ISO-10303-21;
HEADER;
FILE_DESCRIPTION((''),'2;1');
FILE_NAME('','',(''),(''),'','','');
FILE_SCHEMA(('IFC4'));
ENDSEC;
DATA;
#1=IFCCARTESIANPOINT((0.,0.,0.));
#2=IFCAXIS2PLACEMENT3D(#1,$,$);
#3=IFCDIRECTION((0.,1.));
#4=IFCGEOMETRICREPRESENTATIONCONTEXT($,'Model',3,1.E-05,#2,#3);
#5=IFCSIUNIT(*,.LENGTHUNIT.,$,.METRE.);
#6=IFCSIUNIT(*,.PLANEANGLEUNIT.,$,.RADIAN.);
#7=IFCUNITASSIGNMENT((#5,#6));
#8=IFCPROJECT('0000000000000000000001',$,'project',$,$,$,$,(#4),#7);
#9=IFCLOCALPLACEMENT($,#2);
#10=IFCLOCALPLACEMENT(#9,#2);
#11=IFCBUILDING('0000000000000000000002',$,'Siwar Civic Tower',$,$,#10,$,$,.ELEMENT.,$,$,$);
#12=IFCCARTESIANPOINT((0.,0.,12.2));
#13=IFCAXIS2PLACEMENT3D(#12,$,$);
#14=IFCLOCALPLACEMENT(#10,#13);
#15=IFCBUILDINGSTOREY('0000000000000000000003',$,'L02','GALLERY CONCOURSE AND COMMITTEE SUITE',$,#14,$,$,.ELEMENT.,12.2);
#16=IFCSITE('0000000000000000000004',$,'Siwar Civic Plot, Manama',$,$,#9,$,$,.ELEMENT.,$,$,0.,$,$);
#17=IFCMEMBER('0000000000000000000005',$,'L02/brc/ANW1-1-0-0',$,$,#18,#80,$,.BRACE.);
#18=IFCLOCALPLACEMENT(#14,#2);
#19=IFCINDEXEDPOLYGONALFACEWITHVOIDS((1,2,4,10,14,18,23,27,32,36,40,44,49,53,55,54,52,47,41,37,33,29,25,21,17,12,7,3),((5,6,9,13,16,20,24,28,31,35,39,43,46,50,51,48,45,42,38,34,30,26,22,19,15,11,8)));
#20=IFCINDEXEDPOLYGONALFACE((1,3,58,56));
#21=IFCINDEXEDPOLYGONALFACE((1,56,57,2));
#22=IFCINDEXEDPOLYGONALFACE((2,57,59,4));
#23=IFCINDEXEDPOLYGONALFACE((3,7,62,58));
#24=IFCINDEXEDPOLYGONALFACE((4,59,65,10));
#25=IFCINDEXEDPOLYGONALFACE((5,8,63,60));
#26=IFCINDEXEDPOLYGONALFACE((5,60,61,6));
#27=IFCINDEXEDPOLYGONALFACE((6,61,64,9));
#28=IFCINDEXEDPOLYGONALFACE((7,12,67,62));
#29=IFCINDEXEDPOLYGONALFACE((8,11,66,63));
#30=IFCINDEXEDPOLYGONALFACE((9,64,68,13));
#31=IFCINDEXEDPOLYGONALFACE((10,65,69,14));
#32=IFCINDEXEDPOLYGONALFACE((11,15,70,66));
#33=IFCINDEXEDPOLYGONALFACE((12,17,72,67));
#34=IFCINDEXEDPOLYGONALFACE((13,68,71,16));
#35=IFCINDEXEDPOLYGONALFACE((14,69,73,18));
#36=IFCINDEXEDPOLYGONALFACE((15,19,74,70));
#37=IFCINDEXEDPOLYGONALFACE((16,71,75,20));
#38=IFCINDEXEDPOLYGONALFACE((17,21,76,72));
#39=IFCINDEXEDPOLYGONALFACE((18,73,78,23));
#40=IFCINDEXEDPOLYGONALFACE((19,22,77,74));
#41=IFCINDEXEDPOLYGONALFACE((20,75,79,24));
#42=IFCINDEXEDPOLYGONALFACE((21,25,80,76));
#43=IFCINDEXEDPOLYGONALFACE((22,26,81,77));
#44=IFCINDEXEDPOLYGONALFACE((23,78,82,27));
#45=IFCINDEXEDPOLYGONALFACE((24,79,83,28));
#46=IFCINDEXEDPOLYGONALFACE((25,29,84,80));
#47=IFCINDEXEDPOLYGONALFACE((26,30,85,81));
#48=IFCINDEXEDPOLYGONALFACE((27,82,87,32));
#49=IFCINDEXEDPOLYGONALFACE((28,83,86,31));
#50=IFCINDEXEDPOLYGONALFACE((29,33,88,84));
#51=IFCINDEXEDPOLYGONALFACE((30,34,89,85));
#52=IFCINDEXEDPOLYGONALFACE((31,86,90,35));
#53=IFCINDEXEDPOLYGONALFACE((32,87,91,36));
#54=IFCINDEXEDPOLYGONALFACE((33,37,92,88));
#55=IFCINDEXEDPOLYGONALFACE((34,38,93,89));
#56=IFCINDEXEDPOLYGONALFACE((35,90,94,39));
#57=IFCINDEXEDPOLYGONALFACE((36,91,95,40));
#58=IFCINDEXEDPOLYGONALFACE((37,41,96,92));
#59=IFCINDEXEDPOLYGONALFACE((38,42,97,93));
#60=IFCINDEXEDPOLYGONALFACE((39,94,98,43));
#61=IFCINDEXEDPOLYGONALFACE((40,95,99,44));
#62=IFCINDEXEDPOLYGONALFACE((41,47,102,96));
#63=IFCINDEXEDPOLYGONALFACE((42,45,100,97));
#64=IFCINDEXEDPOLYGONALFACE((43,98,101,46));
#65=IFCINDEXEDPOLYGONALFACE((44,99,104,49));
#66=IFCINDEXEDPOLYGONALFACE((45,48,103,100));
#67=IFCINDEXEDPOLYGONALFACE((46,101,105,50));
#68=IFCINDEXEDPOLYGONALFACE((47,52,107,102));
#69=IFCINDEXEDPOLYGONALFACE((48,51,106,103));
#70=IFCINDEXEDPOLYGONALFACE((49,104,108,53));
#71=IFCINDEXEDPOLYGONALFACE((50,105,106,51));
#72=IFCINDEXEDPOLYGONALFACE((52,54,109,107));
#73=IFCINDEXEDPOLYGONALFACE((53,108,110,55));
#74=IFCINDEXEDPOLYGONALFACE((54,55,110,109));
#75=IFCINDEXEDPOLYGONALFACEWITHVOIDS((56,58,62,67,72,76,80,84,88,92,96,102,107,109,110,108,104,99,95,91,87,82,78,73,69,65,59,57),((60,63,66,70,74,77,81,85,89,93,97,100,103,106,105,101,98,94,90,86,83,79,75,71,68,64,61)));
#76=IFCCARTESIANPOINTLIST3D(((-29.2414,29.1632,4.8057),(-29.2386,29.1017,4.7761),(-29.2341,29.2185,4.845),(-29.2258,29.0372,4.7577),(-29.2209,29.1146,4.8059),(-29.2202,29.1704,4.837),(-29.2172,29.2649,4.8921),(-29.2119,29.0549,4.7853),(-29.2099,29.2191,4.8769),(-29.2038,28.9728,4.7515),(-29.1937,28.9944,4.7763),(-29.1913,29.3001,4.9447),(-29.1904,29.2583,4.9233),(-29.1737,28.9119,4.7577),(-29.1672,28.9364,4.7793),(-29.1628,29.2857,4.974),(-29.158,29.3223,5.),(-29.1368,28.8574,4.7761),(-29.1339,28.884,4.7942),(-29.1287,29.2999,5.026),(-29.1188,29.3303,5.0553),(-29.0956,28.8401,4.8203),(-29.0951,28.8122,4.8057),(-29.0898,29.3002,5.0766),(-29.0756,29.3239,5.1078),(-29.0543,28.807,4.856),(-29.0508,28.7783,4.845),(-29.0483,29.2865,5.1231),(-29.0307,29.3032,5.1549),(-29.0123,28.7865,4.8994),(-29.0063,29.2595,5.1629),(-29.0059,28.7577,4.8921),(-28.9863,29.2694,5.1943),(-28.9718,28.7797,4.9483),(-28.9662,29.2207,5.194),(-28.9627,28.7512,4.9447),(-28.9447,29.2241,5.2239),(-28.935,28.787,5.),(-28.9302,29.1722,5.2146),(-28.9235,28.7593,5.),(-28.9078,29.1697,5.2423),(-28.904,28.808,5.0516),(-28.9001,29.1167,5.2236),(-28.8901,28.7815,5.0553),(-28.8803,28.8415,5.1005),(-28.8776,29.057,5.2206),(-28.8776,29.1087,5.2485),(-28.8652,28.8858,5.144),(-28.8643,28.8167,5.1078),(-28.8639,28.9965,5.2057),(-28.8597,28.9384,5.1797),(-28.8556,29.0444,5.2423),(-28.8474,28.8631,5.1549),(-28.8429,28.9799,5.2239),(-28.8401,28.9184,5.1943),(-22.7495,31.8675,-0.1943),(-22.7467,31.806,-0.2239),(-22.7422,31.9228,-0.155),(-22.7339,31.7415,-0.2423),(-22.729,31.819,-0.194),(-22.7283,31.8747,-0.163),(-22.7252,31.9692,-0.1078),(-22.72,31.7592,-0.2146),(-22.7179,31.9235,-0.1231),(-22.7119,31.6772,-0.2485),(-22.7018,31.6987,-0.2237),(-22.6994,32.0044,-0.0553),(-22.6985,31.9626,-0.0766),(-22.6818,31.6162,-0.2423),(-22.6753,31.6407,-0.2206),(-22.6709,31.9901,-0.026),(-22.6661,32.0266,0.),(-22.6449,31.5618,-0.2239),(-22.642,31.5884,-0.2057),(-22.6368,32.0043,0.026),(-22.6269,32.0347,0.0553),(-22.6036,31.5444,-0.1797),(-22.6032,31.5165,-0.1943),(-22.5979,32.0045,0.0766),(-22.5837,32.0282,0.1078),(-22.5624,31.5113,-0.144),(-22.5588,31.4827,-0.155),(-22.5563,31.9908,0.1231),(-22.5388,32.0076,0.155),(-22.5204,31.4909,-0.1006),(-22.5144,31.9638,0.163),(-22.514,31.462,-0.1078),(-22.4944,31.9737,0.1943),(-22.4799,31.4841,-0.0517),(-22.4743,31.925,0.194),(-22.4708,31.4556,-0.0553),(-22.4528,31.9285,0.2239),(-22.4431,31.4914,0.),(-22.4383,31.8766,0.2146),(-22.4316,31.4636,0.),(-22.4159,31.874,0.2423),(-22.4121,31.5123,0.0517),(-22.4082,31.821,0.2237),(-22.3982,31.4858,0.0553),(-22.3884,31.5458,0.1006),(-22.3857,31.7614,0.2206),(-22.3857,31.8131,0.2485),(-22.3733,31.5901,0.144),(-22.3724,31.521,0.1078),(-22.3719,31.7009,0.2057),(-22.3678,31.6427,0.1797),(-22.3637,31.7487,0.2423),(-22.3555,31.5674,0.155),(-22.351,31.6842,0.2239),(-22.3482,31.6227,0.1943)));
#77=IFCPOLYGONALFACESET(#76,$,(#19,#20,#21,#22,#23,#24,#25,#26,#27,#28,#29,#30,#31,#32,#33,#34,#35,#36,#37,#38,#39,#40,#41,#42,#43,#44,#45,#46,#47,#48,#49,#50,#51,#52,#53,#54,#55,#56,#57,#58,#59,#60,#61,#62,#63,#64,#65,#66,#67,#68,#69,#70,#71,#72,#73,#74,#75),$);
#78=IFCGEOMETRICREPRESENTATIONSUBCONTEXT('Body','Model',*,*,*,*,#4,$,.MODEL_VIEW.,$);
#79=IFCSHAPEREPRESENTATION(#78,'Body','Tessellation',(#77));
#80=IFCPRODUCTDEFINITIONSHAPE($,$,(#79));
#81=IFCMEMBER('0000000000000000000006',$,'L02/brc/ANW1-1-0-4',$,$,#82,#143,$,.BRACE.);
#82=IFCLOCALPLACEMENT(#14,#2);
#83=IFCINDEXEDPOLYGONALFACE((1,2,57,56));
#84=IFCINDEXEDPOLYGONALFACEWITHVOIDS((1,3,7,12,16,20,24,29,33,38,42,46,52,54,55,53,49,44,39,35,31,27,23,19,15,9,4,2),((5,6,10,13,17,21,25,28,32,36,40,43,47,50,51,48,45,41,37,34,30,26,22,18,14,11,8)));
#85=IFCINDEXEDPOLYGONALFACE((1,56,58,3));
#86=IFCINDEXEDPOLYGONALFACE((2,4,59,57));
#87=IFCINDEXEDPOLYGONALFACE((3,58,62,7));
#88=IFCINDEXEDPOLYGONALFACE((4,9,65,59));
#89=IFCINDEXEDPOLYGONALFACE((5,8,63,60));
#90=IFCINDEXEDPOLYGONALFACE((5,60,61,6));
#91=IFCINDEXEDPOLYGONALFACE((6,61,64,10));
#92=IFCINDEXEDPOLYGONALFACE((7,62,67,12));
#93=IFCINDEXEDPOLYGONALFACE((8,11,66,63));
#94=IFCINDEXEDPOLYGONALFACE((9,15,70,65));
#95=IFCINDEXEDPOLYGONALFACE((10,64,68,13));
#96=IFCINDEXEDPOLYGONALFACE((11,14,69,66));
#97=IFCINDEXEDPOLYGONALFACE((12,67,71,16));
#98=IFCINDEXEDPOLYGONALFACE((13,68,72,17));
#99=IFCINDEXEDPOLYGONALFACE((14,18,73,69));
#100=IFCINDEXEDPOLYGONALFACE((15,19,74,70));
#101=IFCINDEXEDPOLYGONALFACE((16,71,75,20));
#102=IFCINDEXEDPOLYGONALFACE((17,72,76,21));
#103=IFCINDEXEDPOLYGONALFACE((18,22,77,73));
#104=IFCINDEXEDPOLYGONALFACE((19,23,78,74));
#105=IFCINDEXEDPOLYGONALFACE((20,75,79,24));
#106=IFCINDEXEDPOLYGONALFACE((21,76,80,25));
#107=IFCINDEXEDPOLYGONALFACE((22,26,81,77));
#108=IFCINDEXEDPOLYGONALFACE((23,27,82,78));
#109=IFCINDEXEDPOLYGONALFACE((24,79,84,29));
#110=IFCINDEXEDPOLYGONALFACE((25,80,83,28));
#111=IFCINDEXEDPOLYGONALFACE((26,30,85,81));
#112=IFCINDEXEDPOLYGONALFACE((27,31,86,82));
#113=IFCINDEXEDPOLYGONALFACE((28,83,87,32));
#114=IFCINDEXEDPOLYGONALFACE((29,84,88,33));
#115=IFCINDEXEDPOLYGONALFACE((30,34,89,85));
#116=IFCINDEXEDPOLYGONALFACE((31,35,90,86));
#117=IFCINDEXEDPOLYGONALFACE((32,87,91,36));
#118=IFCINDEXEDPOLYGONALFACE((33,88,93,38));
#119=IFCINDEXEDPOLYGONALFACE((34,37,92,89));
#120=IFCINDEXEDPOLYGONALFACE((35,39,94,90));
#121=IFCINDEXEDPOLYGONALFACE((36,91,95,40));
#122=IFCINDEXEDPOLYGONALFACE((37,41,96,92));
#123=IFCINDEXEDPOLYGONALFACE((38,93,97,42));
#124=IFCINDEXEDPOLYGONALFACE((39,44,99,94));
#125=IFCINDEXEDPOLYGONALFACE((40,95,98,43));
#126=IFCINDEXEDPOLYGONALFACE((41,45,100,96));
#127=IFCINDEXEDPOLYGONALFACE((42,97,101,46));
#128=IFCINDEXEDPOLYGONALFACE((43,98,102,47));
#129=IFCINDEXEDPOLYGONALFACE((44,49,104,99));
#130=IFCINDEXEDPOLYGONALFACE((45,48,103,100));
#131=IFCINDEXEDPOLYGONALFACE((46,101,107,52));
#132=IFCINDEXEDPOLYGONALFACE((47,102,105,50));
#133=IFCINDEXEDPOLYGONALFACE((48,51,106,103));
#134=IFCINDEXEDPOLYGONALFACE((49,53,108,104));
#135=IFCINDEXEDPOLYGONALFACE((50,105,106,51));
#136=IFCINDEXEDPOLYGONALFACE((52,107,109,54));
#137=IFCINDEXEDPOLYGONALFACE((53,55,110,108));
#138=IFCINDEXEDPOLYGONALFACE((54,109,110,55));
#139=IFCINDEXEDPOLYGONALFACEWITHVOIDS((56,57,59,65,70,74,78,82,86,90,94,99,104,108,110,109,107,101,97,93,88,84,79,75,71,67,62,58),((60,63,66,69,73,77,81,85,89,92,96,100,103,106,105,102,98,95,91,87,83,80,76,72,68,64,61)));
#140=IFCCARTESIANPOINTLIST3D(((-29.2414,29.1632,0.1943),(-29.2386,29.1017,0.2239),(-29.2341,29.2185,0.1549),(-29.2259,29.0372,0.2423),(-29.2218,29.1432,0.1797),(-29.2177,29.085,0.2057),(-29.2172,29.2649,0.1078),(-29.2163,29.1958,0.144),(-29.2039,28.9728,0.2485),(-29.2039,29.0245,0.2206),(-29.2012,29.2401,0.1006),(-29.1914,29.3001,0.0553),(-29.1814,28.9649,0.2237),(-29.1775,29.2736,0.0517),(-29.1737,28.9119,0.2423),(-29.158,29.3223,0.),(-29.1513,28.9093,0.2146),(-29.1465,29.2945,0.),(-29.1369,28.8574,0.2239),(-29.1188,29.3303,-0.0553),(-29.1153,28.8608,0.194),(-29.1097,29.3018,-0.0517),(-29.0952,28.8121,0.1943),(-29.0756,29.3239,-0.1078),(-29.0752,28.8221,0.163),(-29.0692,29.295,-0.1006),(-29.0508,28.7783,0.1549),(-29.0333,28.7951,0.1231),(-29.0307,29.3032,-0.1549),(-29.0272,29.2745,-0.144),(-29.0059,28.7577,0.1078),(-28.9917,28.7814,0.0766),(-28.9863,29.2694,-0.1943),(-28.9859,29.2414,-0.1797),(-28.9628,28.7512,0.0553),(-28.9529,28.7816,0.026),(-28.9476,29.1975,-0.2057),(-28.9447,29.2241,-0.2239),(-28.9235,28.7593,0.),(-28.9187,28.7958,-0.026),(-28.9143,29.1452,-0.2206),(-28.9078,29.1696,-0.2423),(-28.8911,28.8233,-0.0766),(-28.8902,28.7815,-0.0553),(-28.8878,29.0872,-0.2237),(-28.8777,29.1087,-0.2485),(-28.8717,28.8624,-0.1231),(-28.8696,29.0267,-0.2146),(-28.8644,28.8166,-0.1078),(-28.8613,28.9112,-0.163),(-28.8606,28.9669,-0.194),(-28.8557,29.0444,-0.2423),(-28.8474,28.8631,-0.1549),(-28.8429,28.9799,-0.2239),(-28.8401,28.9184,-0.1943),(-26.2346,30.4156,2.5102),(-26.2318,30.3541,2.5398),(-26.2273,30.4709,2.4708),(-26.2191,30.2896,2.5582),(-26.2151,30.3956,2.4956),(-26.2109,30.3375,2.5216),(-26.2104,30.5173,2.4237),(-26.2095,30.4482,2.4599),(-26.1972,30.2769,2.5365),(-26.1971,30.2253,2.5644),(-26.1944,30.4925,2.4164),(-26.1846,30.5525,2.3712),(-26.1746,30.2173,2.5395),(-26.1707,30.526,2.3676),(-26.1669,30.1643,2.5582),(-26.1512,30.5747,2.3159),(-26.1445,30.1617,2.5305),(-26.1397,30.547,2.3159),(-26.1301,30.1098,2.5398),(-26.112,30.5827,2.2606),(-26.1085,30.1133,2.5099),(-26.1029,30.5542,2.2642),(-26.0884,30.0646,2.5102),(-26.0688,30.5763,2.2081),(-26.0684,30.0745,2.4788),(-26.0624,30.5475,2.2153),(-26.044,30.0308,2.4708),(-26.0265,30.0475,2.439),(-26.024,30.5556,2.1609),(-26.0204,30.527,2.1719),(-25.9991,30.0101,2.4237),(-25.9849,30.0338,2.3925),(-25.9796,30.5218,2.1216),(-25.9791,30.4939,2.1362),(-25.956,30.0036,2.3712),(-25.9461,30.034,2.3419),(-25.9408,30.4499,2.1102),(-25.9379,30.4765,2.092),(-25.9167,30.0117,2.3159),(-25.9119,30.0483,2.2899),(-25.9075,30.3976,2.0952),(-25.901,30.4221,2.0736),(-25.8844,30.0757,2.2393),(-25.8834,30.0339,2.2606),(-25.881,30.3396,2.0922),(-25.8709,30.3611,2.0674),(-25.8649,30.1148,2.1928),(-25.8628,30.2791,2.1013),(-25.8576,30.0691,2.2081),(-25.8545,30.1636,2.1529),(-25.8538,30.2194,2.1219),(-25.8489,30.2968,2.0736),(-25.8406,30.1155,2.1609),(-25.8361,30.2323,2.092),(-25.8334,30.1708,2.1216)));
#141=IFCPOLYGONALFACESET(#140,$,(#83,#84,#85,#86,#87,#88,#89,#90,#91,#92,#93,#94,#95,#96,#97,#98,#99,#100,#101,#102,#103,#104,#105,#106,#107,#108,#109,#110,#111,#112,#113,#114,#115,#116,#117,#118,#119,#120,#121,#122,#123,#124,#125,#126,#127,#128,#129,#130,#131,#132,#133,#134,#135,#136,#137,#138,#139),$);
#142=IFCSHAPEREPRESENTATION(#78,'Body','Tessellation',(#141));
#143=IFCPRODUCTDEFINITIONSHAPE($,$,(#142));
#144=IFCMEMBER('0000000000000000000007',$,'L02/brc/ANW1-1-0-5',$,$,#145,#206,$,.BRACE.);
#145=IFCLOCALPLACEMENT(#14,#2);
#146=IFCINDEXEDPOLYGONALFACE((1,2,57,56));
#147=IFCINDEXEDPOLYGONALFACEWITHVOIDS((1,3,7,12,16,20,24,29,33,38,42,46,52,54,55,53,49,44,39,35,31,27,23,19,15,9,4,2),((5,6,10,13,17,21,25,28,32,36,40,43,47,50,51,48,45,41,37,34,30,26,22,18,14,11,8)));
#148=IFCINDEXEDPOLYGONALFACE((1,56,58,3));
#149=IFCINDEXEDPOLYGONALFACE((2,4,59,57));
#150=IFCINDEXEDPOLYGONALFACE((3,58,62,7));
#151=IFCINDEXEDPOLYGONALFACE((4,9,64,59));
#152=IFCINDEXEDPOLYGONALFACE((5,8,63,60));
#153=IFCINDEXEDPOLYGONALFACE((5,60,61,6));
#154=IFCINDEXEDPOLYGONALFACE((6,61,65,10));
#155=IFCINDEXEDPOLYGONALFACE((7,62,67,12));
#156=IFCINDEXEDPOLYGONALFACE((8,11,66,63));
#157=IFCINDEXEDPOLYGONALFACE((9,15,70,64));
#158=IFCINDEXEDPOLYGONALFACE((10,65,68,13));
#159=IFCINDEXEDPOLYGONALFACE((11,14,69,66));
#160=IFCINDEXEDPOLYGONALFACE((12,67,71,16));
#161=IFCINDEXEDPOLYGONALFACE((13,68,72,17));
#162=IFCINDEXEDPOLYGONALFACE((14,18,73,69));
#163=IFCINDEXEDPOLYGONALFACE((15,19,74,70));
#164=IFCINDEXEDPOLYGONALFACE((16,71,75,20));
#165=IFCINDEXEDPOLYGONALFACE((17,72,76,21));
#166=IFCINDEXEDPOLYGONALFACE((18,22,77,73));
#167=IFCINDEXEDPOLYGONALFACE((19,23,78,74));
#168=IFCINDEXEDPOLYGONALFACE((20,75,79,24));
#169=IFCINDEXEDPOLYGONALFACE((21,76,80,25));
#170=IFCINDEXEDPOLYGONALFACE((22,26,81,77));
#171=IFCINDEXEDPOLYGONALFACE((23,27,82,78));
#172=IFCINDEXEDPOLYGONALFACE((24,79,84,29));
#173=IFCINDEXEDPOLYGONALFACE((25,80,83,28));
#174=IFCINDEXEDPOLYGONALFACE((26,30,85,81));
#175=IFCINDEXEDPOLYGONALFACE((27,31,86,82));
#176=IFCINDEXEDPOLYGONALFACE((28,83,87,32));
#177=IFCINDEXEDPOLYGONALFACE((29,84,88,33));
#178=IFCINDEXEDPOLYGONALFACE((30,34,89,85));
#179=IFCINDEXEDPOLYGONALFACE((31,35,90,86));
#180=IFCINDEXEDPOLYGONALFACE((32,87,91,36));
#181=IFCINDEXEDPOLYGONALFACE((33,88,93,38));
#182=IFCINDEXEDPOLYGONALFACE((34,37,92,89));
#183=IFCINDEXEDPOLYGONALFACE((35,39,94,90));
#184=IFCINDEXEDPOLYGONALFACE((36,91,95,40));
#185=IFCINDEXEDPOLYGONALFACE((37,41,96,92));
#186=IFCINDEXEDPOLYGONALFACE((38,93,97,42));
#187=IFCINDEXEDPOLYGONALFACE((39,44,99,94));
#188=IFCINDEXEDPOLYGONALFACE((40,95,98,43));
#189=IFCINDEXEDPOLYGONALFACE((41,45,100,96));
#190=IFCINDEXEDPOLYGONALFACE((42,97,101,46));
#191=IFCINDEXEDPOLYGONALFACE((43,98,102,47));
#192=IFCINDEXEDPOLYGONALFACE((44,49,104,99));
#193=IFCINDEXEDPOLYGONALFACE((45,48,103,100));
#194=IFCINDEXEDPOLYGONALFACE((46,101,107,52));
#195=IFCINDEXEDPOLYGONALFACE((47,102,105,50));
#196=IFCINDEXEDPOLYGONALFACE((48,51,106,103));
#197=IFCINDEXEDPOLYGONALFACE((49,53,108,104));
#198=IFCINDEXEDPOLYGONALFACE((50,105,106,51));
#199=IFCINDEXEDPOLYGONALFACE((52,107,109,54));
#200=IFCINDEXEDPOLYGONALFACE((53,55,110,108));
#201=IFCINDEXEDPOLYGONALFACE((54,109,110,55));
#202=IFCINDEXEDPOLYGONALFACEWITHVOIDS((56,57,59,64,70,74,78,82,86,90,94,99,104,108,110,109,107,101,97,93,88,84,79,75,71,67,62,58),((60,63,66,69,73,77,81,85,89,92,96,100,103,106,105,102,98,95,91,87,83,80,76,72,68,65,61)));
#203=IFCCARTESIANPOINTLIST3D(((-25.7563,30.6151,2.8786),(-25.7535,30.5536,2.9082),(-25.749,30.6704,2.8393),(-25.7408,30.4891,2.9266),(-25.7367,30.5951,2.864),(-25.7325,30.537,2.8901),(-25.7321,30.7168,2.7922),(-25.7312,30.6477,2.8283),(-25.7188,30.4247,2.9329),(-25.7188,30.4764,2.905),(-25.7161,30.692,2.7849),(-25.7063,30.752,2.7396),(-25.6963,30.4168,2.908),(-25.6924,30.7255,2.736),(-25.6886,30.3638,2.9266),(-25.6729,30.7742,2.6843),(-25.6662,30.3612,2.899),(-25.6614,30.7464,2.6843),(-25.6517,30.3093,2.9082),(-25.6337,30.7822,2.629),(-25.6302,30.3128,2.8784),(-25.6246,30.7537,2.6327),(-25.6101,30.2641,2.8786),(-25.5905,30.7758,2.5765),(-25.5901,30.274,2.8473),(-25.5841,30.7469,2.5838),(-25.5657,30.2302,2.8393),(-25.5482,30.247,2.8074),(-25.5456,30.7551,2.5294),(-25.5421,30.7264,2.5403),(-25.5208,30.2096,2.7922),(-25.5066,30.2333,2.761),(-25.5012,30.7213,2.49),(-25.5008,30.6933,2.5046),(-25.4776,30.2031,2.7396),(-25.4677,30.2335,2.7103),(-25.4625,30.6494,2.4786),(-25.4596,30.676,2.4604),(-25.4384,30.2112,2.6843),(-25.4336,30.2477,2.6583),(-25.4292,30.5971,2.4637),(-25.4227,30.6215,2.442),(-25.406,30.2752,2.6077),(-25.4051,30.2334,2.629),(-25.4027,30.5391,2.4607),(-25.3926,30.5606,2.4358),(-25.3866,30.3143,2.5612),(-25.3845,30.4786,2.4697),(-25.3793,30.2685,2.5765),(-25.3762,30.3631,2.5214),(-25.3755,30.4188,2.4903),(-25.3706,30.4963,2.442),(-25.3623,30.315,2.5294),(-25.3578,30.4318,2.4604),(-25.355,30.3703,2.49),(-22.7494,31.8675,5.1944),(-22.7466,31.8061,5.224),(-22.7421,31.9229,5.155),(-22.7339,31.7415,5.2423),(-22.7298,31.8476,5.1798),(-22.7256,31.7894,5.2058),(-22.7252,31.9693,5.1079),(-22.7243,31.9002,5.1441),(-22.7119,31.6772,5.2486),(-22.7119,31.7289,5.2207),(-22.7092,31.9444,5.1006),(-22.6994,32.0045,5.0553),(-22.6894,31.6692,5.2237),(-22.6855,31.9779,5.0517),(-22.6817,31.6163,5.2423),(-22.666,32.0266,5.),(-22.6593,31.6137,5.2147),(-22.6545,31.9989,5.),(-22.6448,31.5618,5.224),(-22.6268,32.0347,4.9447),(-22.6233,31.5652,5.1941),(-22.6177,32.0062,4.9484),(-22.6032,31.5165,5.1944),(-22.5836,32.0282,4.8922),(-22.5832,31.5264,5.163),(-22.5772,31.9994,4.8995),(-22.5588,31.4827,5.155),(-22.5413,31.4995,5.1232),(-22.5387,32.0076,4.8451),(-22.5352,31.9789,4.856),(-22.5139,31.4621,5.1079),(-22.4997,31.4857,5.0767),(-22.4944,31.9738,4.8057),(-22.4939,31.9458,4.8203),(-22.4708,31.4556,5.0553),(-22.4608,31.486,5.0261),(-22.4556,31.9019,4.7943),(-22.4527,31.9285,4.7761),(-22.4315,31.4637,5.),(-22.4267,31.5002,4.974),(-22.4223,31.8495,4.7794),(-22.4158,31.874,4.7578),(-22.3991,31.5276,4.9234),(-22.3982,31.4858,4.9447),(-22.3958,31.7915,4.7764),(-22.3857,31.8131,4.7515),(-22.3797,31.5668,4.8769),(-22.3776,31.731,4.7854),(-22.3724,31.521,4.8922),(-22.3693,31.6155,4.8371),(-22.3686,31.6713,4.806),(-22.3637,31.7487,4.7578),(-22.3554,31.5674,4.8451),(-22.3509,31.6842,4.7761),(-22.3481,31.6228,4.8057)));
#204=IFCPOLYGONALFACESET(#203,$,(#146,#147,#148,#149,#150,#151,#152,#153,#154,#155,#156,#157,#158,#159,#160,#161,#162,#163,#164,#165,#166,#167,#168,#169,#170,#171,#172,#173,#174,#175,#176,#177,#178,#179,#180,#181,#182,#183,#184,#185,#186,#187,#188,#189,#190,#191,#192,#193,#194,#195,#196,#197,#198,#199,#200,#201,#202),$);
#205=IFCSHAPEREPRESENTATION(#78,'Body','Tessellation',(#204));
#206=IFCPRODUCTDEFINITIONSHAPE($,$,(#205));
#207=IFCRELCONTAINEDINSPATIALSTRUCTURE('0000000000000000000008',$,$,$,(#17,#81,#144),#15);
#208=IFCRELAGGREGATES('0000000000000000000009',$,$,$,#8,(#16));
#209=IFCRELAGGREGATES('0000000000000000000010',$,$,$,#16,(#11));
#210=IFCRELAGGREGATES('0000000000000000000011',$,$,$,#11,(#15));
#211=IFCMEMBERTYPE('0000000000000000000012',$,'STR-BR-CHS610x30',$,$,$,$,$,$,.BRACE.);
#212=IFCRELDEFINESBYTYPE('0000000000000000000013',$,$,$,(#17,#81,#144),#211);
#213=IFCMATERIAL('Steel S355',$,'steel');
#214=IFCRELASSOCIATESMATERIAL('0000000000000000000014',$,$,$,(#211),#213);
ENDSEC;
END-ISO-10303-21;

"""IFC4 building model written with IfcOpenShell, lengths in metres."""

from ifc_helpers import new_model, si_unit, direction, frame, origin, origin_2d, place, context, subcontext, project, spatial, hollow_circle, extrude, material, material_profile, profile_set, type_object, element, save


model = new_model("IFC4")

# Units and contexts
model_context = context("Model", 3, precision=1e-05, world=origin(), true_north=direction((0.0, 1.0)))
body_context = subcontext(model_context, "Body", "Model", "MODEL_VIEW")
ifc_project = project(units=[si_unit("LENGTHUNIT", "METRE"), si_unit("PLANEANGLEUNIT", "RADIAN")], contexts=[model_context])

# Site, building, storey
site_placement = place(None, origin())
site = spatial("IfcSite", under=ifc_project, at=site_placement, Name="Siwar Civic Plot, Manama", CompositionType="ELEMENT", RefElevation=0.0)
building_placement = place(site_placement, origin())
building = spatial("IfcBuilding", under=site, at=building_placement, Name="Siwar Civic Tower", CompositionType="ELEMENT")
storey_placement = place(building_placement, frame((0.0, 0.0, 12.2)))
storey = spatial("IfcBuildingStorey", under=building, at=storey_placement, Name="L02", Description="GALLERY CONCOURSE AND COMMITTEE SUITE", CompositionType="ELEMENT", Elevation=12.2)

# Members
ifc_material_1 = material(Name="Steel S355", Category="steel")
ifc_material_profile_1 = material_profile(ifc_material_1, hollow_circle(Radius=0.3049, WallThickness=0.03, at=origin_2d()), Name="CHS610x30")
ifc_profile_set_1 = profile_set([ifc_material_profile_1], Name="Steel S355")
member_type_1 = type_object("IfcMemberType", Name="STR-BR-CHS610x30", PredefinedType="BRACE", material=ifc_profile_set_1)
member_1_placement = place(storey_placement, frame((-22.5488, 31.7451, 0.0), z_axis=(-0.752344, -0.313404, 0.579445), x_axis=(0.384539, -0.923109, 0.0)))
element("IfcMember", 1, at=member_1_placement, inside=storey, type_object=member_type_1, Name="L02/brc/ANW1-1-0-0", PredefinedType="BRACE", context=body_context, shape_type="SweptSolid", body=[
    extrude(hollow_circle(Radius=0.3049, WallThickness=0.03, at=origin_2d()), origin(), (0.0, 0.0, 1.0), 8.6289),
])
for number, where, z_axis, x_axis, name in (
    (2, (-29.0408, 29.0408, 0.0), (0.752341, 0.313373, 0.579466), (-0.384509, 0.923121, 0.0), "L02/brc/ANW1-1-0-4"),
    (3, (-25.5557, 30.4927, 2.6843), (0.752367, 0.313385, 0.579425), (-0.384509, 0.923121, 0.0), "L02/brc/ANW1-1-0-5"),
):
    element("IfcMember", number, at=place(storey_placement, frame(where, z_axis=z_axis, x_axis=x_axis)), inside=storey, type_object=member_type_1, Name=name, PredefinedType="BRACE", context=body_context, shape_type="SweptSolid", body=[
        extrude(hollow_circle(Radius=0.3049, WallThickness=0.03, at=origin_2d()), origin(), (0.0, 0.0, 1.0), 3.9966),
    ])

save(model, "model.ifc")
